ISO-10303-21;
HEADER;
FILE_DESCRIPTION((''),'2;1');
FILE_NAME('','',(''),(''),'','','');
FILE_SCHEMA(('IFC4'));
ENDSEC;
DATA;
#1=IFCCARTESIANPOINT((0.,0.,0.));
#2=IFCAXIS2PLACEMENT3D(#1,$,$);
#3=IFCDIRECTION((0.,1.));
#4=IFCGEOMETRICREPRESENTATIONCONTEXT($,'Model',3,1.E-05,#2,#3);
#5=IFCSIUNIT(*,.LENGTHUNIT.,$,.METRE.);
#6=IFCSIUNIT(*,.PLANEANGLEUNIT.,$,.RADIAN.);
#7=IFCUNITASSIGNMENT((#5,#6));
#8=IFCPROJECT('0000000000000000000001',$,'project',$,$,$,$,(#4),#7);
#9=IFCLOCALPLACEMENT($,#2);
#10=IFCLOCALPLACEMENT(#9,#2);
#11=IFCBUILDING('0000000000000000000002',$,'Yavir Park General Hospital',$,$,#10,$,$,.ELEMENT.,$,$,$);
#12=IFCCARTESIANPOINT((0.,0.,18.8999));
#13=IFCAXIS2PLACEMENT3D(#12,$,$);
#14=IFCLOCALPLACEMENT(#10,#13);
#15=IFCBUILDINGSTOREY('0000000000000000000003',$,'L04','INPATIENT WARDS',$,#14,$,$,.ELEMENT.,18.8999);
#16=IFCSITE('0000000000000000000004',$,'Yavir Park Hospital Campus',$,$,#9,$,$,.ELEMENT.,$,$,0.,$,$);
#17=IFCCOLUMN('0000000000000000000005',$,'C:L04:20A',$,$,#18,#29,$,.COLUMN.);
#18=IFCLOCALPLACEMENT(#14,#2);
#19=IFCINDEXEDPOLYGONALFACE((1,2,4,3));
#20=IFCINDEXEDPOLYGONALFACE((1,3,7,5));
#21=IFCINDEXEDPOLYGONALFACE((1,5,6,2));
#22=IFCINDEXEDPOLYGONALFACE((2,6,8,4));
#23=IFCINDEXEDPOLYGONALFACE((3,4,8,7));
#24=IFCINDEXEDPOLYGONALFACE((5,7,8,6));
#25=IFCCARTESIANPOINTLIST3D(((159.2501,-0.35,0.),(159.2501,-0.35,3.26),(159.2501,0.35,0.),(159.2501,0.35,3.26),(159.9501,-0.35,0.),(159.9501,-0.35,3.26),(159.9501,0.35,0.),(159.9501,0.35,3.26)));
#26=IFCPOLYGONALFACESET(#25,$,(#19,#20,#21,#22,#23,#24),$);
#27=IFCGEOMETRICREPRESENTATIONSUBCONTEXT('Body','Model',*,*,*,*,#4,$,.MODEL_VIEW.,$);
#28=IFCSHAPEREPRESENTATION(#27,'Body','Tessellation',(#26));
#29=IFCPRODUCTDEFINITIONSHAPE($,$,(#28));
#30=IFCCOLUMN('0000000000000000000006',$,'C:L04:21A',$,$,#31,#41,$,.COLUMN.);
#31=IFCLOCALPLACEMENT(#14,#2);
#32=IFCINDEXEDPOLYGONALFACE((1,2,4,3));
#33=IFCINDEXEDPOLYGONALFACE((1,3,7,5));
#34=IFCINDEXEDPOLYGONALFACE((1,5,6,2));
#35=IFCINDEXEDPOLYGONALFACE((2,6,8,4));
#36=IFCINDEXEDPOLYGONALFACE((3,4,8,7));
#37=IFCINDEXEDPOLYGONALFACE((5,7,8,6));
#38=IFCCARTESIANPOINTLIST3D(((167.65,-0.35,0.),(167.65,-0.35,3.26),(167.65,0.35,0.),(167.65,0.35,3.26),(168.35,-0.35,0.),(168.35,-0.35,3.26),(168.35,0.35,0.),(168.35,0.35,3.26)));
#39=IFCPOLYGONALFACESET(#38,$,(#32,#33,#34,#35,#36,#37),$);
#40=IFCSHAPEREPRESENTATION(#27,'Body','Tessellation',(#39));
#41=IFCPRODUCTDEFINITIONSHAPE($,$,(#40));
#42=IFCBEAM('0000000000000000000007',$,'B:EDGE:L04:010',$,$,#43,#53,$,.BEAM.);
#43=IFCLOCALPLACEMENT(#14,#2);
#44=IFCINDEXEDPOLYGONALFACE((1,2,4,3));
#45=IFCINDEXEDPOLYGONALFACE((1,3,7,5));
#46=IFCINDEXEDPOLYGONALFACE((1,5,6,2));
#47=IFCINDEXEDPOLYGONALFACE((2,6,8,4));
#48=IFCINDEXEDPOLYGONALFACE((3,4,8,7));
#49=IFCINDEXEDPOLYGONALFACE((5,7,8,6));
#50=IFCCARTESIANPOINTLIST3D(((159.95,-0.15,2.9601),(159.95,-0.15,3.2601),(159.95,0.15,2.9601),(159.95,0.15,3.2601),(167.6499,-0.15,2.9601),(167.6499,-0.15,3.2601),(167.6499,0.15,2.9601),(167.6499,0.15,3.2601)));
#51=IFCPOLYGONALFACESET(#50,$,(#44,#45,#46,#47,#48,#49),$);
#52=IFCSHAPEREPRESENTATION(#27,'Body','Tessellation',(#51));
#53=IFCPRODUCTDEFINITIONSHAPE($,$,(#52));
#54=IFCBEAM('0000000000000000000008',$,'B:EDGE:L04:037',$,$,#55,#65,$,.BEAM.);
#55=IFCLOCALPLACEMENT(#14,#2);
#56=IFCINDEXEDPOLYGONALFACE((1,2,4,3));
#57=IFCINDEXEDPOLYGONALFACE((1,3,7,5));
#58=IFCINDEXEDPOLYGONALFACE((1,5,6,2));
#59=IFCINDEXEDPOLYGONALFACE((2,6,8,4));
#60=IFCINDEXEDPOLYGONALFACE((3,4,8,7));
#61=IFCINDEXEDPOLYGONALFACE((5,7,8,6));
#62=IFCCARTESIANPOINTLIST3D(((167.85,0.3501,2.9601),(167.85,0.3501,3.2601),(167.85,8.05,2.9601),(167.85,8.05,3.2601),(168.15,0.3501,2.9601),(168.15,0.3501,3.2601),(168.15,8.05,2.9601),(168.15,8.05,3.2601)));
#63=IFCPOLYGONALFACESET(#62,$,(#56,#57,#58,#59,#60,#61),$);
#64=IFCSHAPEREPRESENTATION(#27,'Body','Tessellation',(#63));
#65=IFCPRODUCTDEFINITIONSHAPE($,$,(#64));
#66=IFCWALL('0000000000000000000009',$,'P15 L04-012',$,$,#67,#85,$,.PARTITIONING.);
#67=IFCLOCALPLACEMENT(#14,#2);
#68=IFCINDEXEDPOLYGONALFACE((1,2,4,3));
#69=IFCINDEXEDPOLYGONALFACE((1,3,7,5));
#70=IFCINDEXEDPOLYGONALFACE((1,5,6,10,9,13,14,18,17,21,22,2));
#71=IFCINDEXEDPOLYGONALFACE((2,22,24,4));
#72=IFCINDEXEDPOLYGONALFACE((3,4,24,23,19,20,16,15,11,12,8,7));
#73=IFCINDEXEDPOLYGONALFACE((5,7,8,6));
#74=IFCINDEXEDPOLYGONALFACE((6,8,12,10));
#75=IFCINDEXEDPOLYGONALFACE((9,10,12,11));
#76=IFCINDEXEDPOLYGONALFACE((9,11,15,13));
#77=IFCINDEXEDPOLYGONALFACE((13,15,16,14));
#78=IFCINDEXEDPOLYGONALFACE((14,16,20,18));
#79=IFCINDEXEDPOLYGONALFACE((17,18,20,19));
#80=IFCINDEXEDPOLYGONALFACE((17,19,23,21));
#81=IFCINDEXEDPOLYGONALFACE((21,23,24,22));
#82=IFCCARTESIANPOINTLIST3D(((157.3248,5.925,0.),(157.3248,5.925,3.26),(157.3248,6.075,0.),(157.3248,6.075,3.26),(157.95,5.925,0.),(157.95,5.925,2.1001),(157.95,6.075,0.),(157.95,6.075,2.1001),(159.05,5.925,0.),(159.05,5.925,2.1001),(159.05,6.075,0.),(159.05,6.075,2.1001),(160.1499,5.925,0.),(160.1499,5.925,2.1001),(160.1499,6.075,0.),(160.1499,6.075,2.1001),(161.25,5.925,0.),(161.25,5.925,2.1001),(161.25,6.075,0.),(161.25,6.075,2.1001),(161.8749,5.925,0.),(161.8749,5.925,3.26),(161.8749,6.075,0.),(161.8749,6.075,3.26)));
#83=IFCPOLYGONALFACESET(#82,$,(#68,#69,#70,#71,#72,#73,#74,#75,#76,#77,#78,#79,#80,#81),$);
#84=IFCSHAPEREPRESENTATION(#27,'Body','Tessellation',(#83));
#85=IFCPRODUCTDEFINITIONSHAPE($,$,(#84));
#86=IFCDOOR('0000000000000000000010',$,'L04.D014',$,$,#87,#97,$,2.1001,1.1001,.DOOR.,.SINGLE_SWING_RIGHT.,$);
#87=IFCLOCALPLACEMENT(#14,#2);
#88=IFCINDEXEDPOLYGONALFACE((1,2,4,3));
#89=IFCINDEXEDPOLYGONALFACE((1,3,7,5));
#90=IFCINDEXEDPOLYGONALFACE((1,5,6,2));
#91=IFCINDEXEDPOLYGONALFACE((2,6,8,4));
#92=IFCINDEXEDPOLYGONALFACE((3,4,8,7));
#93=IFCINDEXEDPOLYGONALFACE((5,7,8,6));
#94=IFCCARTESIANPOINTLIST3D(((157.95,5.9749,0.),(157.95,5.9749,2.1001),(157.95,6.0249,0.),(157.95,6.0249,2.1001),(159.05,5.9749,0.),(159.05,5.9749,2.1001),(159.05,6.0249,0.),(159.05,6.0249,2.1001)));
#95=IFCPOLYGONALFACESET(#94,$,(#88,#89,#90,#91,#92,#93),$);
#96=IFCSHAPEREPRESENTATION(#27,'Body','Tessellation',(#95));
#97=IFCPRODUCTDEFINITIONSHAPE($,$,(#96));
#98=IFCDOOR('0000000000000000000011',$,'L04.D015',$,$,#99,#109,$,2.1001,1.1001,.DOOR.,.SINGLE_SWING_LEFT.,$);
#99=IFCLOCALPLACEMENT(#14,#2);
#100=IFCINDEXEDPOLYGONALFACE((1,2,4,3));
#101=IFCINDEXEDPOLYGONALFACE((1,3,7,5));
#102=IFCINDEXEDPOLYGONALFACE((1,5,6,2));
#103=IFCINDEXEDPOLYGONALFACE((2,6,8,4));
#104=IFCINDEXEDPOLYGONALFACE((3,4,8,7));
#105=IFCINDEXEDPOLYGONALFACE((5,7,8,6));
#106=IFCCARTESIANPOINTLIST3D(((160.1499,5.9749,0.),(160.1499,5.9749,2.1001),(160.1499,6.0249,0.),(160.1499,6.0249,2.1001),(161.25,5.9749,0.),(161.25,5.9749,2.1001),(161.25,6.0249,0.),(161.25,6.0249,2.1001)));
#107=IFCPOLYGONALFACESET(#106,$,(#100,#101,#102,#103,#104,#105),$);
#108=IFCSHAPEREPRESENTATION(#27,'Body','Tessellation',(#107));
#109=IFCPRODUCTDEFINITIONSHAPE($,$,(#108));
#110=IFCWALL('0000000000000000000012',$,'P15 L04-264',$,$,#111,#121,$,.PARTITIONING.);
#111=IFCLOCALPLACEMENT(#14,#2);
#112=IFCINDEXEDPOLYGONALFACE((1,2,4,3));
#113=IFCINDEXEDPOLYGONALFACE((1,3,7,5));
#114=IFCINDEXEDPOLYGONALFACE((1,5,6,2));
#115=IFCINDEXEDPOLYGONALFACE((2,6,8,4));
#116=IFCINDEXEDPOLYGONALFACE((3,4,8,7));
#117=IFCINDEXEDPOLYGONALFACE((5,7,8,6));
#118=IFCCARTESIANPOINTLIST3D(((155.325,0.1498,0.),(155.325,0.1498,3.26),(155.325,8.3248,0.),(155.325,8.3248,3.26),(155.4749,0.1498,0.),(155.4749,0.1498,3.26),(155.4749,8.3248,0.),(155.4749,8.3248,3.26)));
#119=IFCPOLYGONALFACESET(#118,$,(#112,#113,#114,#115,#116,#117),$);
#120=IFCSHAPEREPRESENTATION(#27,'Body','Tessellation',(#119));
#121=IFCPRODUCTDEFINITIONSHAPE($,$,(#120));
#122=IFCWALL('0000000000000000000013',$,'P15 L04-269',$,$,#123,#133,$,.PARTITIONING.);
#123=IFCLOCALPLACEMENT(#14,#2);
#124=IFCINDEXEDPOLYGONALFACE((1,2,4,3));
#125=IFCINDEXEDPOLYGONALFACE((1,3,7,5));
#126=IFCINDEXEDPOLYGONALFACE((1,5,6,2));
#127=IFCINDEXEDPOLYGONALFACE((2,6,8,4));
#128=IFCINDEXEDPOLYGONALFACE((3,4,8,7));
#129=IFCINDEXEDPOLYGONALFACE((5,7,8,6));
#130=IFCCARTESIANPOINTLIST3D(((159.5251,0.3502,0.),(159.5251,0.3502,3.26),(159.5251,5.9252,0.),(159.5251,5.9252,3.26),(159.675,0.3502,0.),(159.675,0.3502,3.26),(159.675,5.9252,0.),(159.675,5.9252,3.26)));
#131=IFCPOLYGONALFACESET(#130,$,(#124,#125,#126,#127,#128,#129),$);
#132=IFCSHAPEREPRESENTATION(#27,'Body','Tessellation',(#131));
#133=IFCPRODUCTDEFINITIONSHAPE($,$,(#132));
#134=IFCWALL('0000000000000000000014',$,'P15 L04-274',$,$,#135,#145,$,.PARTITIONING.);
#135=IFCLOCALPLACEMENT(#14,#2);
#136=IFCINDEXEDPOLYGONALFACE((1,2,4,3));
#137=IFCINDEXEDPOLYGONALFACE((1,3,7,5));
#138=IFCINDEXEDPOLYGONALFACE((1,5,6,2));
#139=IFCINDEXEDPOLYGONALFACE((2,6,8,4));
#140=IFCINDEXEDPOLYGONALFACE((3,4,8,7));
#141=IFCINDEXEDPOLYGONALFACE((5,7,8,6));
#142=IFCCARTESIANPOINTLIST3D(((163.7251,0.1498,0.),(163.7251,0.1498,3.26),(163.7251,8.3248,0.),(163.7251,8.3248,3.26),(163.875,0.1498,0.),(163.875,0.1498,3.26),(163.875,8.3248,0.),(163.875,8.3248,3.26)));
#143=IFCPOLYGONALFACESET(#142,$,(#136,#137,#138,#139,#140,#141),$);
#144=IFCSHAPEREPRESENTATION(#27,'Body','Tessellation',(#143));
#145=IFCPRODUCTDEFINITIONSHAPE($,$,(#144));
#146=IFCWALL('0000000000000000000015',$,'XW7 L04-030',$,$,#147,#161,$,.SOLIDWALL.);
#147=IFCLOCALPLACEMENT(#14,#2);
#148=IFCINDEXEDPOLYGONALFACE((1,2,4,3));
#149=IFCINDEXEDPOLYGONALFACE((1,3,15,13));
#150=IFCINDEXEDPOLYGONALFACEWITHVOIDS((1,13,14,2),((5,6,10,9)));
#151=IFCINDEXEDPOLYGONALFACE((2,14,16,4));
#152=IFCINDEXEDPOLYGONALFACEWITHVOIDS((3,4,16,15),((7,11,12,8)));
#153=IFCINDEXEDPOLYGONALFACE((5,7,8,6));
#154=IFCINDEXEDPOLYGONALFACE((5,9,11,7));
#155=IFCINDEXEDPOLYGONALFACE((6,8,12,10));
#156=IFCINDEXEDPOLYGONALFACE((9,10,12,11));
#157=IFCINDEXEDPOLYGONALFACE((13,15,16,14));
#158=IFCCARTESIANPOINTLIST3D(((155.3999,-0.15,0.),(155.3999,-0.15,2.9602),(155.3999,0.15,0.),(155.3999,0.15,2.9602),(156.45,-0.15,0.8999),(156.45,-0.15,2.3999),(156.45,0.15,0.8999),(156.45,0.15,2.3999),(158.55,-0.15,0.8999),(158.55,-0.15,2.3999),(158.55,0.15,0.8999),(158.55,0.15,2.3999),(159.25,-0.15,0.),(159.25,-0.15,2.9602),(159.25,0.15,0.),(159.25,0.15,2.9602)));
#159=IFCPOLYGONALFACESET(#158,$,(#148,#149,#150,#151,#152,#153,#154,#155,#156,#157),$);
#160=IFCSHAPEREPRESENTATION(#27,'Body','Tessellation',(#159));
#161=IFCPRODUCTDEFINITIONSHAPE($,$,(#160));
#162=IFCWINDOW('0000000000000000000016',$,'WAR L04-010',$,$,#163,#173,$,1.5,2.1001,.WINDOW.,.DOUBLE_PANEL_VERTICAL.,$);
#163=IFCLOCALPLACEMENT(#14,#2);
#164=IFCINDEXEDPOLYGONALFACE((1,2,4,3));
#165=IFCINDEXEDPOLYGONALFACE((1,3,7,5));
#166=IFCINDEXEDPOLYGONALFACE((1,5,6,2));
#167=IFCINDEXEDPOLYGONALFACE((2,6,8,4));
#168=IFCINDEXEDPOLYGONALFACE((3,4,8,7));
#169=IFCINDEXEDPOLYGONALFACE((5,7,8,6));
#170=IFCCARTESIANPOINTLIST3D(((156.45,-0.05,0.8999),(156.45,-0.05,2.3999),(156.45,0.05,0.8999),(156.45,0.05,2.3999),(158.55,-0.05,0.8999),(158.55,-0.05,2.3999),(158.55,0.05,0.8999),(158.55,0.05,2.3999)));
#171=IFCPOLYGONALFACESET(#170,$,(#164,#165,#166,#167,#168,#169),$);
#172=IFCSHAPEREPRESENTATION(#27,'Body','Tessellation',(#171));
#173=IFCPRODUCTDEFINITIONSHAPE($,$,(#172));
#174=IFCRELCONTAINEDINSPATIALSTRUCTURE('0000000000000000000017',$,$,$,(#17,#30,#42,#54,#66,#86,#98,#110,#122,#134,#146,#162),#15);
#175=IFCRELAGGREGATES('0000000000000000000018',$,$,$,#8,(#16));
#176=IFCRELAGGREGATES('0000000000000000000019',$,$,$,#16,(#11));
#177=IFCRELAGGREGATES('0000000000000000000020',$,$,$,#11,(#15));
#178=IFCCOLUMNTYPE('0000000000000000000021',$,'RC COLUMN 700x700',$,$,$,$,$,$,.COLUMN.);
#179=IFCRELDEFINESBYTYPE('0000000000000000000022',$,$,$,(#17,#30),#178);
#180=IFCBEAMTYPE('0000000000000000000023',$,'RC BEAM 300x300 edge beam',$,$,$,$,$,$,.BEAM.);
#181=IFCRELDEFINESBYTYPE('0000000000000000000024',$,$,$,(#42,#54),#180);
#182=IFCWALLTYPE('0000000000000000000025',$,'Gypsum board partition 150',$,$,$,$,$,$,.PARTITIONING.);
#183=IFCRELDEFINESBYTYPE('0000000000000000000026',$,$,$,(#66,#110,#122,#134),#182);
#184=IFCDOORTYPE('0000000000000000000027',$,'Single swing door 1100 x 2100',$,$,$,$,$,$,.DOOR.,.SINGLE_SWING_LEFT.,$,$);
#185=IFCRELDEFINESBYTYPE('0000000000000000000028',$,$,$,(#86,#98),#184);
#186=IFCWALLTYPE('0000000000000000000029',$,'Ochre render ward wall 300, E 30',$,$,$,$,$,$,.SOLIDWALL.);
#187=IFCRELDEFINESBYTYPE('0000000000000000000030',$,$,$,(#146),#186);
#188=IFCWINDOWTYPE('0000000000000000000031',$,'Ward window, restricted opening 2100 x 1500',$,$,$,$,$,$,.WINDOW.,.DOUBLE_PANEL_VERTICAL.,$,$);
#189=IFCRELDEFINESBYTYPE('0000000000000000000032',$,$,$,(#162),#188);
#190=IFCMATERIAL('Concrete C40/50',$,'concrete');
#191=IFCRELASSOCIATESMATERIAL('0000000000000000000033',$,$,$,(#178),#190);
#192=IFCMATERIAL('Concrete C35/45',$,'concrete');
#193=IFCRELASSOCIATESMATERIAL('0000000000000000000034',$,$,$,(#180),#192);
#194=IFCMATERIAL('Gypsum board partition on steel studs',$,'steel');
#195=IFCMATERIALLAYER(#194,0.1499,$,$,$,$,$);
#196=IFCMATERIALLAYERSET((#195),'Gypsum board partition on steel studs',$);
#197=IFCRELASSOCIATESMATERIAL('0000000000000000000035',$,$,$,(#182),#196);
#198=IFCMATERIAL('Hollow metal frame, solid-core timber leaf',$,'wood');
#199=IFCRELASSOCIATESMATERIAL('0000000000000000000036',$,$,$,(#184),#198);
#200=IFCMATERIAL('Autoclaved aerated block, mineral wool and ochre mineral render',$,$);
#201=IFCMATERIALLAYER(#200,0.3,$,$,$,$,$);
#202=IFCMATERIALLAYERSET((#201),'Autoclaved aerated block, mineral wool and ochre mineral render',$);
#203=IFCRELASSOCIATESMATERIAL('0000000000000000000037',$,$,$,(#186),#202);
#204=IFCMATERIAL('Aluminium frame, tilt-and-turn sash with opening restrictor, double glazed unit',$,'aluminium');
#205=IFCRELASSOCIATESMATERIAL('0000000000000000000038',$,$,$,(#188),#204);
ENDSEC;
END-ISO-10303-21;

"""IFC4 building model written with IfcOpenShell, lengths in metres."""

from ifc_helpers import new_model, si_unit, direction, frame, frame_2d, origin, origin_2d, place, context, subcontext, project, spatial, rectangle, extrude, material, layer, layer_set, material_profile, profile_set, type_object, element, fill, save


model = new_model("IFC4")

# Units and contexts
model_context = context("Model", 3, precision=1e-05, world=origin(), true_north=direction((0.0, 1.0)))
body_context = subcontext(model_context, "Body", "Model", "MODEL_VIEW")
ifc_project = project(units=[si_unit("LENGTHUNIT", "METRE"), si_unit("PLANEANGLEUNIT", "RADIAN")], contexts=[model_context])

# Site, building, storey
site_placement = place(None, origin())
site = spatial("IfcSite", under=ifc_project, at=site_placement, Name="Yavir Park Hospital Campus", CompositionType="ELEMENT", RefElevation=0.0)
building_placement = place(site_placement, origin())
building = spatial("IfcBuilding", under=site, at=building_placement, Name="Yavir Park General Hospital", CompositionType="ELEMENT")
storey_placement = place(building_placement, frame((0.0, 0.0, 18.8999)))
storey = spatial("IfcBuildingStorey", under=building, at=storey_placement, Name="L04", Description="INPATIENT WARDS", CompositionType="ELEMENT", Elevation=18.8999)

# Columns
ifc_material_1 = material(Name="Concrete C40/50", Category="concrete")
ifc_material_profile_1 = material_profile(ifc_material_1, rectangle(XDim=0.7, YDim=0.7, at=origin_2d()), Name="RC700x700")
ifc_profile_set_1 = profile_set([ifc_material_profile_1], Name="Concrete C40/50")
column_type = type_object("IfcColumnType", Name="RC COLUMN 700x700", PredefinedType="COLUMN", material=ifc_profile_set_1)
for number, where, z_axis, x_axis, name in (
    (1, (159.6001, 0.0, 0.0), (0.0, 0.0, 1.0), (1.0, 0.0, 0.0), "C:L04:20A"),
    (2, (168.0, 0.0, 0.0), (0.0, 0.0, 1.0), (1.0, 0.0, 0.0), "C:L04:21A"),
):
    element("IfcColumn", number, at=place(storey_placement, frame(where, z_axis=z_axis, x_axis=x_axis)), inside=storey, type_object=column_type, Name=name, PredefinedType="COLUMN", context=body_context, shape_type="SweptSolid", body=[
        extrude(rectangle(XDim=0.7, YDim=0.7, at=origin_2d()), origin(), (0.0, 0.0, 1.0), 3.26),
    ])

# Beams
ifc_material_2 = material(Name="Concrete C35/45", Category="concrete")
ifc_material_profile_2 = material_profile(ifc_material_2, rectangle(XDim=0.3, YDim=0.3, at=origin_2d()), Name="RC300x300")
ifc_profile_set_2 = profile_set([ifc_material_profile_2], Name="Concrete C35/45")
beam_type = type_object("IfcBeamType", Name="RC BEAM 300x300 edge beam", PredefinedType="BEAM", material=ifc_profile_set_2)
for number, where, z_axis, x_axis, name in (
    (3, (159.95, 0.0, 3.1101), (1.0, 0.0, 0.0), (0.0, 1.0, 0.0), "B:EDGE:L04:010"),
    (4, (168.0, 0.3501, 3.1101), (0.0, 1.0, 0.0), (-1.0, 0.0, 0.0), "B:EDGE:L04:037"),
):
    element("IfcBeam", number, at=place(storey_placement, frame(where, z_axis=z_axis, x_axis=x_axis)), inside=storey, type_object=beam_type, Name=name, PredefinedType="BEAM", context=body_context, shape_type="SweptSolid", body=[
        extrude(rectangle(XDim=0.3, YDim=0.3, at=origin_2d()), origin(), (0.0, 0.0, 1.0), 7.7),
    ])

# Wall, openings, doors
ifc_material_3 = material(Name="Gypsum board partition on steel studs", Category="steel")
ifc_layer_1 = layer(ifc_material_3, 0.1499)
ifc_layer_set_1 = layer_set([ifc_layer_1], Name="Gypsum board partition on steel studs")
wall_type_1 = type_object("IfcWallType", Name="Gypsum board partition 150", PredefinedType="PARTITIONING", material=ifc_layer_set_1)
wall_1_placement = place(storey_placement, frame((157.325, 6.0, 0.0), z_axis=(0.0, 0.0, 1.0), x_axis=(1.0, 0.0, 0.0)))
wall_1 = element("IfcWall", 5, at=wall_1_placement, inside=storey, type_object=wall_type_1, Name="P15 L04-012", PredefinedType="PARTITIONING", context=body_context, shape_type="SweptSolid", body=[
    extrude(rectangle(XDim=4.55, YDim=0.1499, at=frame_2d((2.2749, 0.0))), origin(), (0.0, 0.0, 1.0), 3.26),
])
opening_1_placement = place(wall_1_placement, frame((0.625, 0.0, 0.0)))
opening_1 = element("IfcOpeningElement", 6, at=opening_1_placement, cuts=wall_1, PredefinedType="OPENING", context=body_context, shape_type="SweptSolid", body=[
    extrude(rectangle(XDim=1.1001, YDim=2.1001, at=frame_2d((0.55, 1.05))), frame((0.0, 0.085, 0.0), z_axis=(0.0, -1.0, 0.0), x_axis=(1.0, 0.0, 0.0)), (0.0, 0.0, 1.0), 0.1699),
])
opening_2_placement = place(wall_1_placement, frame((2.825, 0.0, 0.0)))
opening_2 = element("IfcOpeningElement", 7, at=opening_2_placement, cuts=wall_1, PredefinedType="OPENING", context=body_context, shape_type="SweptSolid", body=[
    extrude(rectangle(XDim=1.1001, YDim=2.1001, at=frame_2d((0.55, 1.05))), frame((0.0, 0.085, 0.0), z_axis=(0.0, -1.0, 0.0), x_axis=(1.0, 0.0, 0.0)), (0.0, 0.0, 1.0), 0.1699),
])
ifc_material_4 = material(Name="Hollow metal frame, solid-core timber leaf", Category="wood")
door_type = type_object("IfcDoorType", Name="Single swing door 1100 x 2100", OperationType="SINGLE_SWING_LEFT", PredefinedType="DOOR", material=ifc_material_4)
door_1_placement = place(opening_1_placement, origin())
door_1 = element("IfcDoor", 8, at=door_1_placement, inside=storey, type_object=door_type, Name="L04.D014", OperationType="SINGLE_SWING_RIGHT", OverallHeight=2.1001, OverallWidth=1.1001, PredefinedType="DOOR", context=body_context, shape_type="SweptSolid", body=[
    extrude(rectangle(XDim=1.1001, YDim=2.1001, at=frame_2d((0.55, 1.05))), frame((0.0, 0.0249, 0.0), z_axis=(0.0, -1.0, 0.0), x_axis=(1.0, 0.0, 0.0)), (0.0, 0.0, 1.0), 0.05),
])
fill(opening_1, door_1)
door_2_placement = place(opening_2_placement, origin())
door_2 = element("IfcDoor", 9, at=door_2_placement, inside=storey, type_object=door_type, Name="L04.D015", OperationType="SINGLE_SWING_LEFT", OverallHeight=2.1001, OverallWidth=1.1001, PredefinedType="DOOR", context=body_context, shape_type="SweptSolid", body=[
    extrude(rectangle(XDim=1.1001, YDim=2.1001, at=frame_2d((0.55, 1.05))), frame((0.0, 0.0249, 0.0), z_axis=(0.0, -1.0, 0.0), x_axis=(1.0, 0.0, 0.0)), (0.0, 0.0, 1.0), 0.05),
])
fill(opening_2, door_2)

# Walls
wall_2_placement = place(storey_placement, frame((155.3999, 0.1499, 0.0), z_axis=(0.0, 0.0, 1.0), x_axis=(0.0, 1.0, 0.0)))
element("IfcWall", 10, at=wall_2_placement, inside=storey, type_object=wall_type_1, Name="P15 L04-264", PredefinedType="PARTITIONING", context=body_context, shape_type="SweptSolid", body=[
    extrude(rectangle(XDim=8.175, YDim=0.1499, at=frame_2d((4.0874, 0.0))), origin(), (0.0, 0.0, 1.0), 3.26),
])
wall_3_placement = place(storey_placement, frame((159.6001, 0.3501, 0.0), z_axis=(0.0, 0.0, 1.0), x_axis=(0.0, 1.0, 0.0)))
element("IfcWall", 11, at=wall_3_placement, inside=storey, type_object=wall_type_1, Name="P15 L04-269", PredefinedType="PARTITIONING", context=body_context, shape_type="SweptSolid", body=[
    extrude(rectangle(XDim=5.575, YDim=0.1499, at=frame_2d((2.7876, 0.0))), origin(), (0.0, 0.0, 1.0), 3.26),
])
wall_4_placement = place(storey_placement, frame((163.8, 0.1499, 0.0), z_axis=(0.0, 0.0, 1.0), x_axis=(0.0, 1.0, 0.0)))
element("IfcWall", 12, at=wall_4_placement, inside=storey, type_object=wall_type_1, Name="P15 L04-274", PredefinedType="PARTITIONING", context=body_context, shape_type="SweptSolid", body=[
    extrude(rectangle(XDim=8.175, YDim=0.1499, at=frame_2d((4.0874, 0.0))), origin(), (0.0, 0.0, 1.0), 3.26),
])

# Wall, opening, window
ifc_material_5 = material(Name="Autoclaved aerated block, mineral wool and ochre mineral render")
ifc_layer_2 = layer(ifc_material_5, 0.3)
ifc_layer_set_2 = layer_set([ifc_layer_2], Name="Autoclaved aerated block, mineral wool and ochre mineral render")
wall_type_2 = type_object("IfcWallType", Name="Ochre render ward wall 300, E 30", PredefinedType="SOLIDWALL", material=ifc_layer_set_2)
wall_5_placement = place(storey_placement, frame((155.3999, 0.0, 0.0), z_axis=(0.0, 0.0, 1.0), x_axis=(1.0, 0.0, 0.0)))
wall_5 = element("IfcWall", 13, at=wall_5_placement, inside=storey, type_object=wall_type_2, Name="XW7 L04-030", PredefinedType="SOLIDWALL", context=body_context, shape_type="SweptSolid", body=[
    extrude(rectangle(XDim=3.8501, YDim=0.3, at=frame_2d((1.925, 0.0))), origin(), (0.0, 0.0, 1.0), 2.9602),
])
opening_3_placement = place(wall_5_placement, frame((1.05, 0.0, 0.8999)))
opening_3 = element("IfcOpeningElement", 14, at=opening_3_placement, cuts=wall_5, PredefinedType="OPENING", context=body_context, shape_type="SweptSolid", body=[
    extrude(rectangle(XDim=2.1001, YDim=1.5, at=frame_2d((1.05, 0.75))), frame((0.0, 0.1599, 0.0), z_axis=(0.0, -1.0, 0.0), x_axis=(1.0, 0.0, 0.0)), (0.0, 0.0, 1.0), 0.3201),
])
ifc_material_6 = material(Name="Aluminium frame, tilt-and-turn sash with opening restrictor, double glazed unit", Category="aluminium")
window_type = type_object("IfcWindowType", Name="Ward window, restricted opening 2100 x 1500", PartitioningType="DOUBLE_PANEL_VERTICAL", PredefinedType="WINDOW", material=ifc_material_6)
window_1_placement = place(opening_3_placement, origin())
window_1 = element("IfcWindow", 15, at=window_1_placement, inside=storey, type_object=window_type, Name="WAR L04-010", OverallHeight=1.5, OverallWidth=2.1001, PartitioningType="DOUBLE_PANEL_VERTICAL", PredefinedType="WINDOW", context=body_context, shape_type="SweptSolid", body=[
    extrude(rectangle(XDim=2.1001, YDim=1.5, at=frame_2d((1.05, 0.75))), frame((0.0, 0.05, 0.0), z_axis=(0.0, -1.0, 0.0), x_axis=(1.0, 0.0, 0.0)), (0.0, 0.0, 1.0), 0.1001),
])
fill(opening_3, window_1)

save(model, "model.ifc")
